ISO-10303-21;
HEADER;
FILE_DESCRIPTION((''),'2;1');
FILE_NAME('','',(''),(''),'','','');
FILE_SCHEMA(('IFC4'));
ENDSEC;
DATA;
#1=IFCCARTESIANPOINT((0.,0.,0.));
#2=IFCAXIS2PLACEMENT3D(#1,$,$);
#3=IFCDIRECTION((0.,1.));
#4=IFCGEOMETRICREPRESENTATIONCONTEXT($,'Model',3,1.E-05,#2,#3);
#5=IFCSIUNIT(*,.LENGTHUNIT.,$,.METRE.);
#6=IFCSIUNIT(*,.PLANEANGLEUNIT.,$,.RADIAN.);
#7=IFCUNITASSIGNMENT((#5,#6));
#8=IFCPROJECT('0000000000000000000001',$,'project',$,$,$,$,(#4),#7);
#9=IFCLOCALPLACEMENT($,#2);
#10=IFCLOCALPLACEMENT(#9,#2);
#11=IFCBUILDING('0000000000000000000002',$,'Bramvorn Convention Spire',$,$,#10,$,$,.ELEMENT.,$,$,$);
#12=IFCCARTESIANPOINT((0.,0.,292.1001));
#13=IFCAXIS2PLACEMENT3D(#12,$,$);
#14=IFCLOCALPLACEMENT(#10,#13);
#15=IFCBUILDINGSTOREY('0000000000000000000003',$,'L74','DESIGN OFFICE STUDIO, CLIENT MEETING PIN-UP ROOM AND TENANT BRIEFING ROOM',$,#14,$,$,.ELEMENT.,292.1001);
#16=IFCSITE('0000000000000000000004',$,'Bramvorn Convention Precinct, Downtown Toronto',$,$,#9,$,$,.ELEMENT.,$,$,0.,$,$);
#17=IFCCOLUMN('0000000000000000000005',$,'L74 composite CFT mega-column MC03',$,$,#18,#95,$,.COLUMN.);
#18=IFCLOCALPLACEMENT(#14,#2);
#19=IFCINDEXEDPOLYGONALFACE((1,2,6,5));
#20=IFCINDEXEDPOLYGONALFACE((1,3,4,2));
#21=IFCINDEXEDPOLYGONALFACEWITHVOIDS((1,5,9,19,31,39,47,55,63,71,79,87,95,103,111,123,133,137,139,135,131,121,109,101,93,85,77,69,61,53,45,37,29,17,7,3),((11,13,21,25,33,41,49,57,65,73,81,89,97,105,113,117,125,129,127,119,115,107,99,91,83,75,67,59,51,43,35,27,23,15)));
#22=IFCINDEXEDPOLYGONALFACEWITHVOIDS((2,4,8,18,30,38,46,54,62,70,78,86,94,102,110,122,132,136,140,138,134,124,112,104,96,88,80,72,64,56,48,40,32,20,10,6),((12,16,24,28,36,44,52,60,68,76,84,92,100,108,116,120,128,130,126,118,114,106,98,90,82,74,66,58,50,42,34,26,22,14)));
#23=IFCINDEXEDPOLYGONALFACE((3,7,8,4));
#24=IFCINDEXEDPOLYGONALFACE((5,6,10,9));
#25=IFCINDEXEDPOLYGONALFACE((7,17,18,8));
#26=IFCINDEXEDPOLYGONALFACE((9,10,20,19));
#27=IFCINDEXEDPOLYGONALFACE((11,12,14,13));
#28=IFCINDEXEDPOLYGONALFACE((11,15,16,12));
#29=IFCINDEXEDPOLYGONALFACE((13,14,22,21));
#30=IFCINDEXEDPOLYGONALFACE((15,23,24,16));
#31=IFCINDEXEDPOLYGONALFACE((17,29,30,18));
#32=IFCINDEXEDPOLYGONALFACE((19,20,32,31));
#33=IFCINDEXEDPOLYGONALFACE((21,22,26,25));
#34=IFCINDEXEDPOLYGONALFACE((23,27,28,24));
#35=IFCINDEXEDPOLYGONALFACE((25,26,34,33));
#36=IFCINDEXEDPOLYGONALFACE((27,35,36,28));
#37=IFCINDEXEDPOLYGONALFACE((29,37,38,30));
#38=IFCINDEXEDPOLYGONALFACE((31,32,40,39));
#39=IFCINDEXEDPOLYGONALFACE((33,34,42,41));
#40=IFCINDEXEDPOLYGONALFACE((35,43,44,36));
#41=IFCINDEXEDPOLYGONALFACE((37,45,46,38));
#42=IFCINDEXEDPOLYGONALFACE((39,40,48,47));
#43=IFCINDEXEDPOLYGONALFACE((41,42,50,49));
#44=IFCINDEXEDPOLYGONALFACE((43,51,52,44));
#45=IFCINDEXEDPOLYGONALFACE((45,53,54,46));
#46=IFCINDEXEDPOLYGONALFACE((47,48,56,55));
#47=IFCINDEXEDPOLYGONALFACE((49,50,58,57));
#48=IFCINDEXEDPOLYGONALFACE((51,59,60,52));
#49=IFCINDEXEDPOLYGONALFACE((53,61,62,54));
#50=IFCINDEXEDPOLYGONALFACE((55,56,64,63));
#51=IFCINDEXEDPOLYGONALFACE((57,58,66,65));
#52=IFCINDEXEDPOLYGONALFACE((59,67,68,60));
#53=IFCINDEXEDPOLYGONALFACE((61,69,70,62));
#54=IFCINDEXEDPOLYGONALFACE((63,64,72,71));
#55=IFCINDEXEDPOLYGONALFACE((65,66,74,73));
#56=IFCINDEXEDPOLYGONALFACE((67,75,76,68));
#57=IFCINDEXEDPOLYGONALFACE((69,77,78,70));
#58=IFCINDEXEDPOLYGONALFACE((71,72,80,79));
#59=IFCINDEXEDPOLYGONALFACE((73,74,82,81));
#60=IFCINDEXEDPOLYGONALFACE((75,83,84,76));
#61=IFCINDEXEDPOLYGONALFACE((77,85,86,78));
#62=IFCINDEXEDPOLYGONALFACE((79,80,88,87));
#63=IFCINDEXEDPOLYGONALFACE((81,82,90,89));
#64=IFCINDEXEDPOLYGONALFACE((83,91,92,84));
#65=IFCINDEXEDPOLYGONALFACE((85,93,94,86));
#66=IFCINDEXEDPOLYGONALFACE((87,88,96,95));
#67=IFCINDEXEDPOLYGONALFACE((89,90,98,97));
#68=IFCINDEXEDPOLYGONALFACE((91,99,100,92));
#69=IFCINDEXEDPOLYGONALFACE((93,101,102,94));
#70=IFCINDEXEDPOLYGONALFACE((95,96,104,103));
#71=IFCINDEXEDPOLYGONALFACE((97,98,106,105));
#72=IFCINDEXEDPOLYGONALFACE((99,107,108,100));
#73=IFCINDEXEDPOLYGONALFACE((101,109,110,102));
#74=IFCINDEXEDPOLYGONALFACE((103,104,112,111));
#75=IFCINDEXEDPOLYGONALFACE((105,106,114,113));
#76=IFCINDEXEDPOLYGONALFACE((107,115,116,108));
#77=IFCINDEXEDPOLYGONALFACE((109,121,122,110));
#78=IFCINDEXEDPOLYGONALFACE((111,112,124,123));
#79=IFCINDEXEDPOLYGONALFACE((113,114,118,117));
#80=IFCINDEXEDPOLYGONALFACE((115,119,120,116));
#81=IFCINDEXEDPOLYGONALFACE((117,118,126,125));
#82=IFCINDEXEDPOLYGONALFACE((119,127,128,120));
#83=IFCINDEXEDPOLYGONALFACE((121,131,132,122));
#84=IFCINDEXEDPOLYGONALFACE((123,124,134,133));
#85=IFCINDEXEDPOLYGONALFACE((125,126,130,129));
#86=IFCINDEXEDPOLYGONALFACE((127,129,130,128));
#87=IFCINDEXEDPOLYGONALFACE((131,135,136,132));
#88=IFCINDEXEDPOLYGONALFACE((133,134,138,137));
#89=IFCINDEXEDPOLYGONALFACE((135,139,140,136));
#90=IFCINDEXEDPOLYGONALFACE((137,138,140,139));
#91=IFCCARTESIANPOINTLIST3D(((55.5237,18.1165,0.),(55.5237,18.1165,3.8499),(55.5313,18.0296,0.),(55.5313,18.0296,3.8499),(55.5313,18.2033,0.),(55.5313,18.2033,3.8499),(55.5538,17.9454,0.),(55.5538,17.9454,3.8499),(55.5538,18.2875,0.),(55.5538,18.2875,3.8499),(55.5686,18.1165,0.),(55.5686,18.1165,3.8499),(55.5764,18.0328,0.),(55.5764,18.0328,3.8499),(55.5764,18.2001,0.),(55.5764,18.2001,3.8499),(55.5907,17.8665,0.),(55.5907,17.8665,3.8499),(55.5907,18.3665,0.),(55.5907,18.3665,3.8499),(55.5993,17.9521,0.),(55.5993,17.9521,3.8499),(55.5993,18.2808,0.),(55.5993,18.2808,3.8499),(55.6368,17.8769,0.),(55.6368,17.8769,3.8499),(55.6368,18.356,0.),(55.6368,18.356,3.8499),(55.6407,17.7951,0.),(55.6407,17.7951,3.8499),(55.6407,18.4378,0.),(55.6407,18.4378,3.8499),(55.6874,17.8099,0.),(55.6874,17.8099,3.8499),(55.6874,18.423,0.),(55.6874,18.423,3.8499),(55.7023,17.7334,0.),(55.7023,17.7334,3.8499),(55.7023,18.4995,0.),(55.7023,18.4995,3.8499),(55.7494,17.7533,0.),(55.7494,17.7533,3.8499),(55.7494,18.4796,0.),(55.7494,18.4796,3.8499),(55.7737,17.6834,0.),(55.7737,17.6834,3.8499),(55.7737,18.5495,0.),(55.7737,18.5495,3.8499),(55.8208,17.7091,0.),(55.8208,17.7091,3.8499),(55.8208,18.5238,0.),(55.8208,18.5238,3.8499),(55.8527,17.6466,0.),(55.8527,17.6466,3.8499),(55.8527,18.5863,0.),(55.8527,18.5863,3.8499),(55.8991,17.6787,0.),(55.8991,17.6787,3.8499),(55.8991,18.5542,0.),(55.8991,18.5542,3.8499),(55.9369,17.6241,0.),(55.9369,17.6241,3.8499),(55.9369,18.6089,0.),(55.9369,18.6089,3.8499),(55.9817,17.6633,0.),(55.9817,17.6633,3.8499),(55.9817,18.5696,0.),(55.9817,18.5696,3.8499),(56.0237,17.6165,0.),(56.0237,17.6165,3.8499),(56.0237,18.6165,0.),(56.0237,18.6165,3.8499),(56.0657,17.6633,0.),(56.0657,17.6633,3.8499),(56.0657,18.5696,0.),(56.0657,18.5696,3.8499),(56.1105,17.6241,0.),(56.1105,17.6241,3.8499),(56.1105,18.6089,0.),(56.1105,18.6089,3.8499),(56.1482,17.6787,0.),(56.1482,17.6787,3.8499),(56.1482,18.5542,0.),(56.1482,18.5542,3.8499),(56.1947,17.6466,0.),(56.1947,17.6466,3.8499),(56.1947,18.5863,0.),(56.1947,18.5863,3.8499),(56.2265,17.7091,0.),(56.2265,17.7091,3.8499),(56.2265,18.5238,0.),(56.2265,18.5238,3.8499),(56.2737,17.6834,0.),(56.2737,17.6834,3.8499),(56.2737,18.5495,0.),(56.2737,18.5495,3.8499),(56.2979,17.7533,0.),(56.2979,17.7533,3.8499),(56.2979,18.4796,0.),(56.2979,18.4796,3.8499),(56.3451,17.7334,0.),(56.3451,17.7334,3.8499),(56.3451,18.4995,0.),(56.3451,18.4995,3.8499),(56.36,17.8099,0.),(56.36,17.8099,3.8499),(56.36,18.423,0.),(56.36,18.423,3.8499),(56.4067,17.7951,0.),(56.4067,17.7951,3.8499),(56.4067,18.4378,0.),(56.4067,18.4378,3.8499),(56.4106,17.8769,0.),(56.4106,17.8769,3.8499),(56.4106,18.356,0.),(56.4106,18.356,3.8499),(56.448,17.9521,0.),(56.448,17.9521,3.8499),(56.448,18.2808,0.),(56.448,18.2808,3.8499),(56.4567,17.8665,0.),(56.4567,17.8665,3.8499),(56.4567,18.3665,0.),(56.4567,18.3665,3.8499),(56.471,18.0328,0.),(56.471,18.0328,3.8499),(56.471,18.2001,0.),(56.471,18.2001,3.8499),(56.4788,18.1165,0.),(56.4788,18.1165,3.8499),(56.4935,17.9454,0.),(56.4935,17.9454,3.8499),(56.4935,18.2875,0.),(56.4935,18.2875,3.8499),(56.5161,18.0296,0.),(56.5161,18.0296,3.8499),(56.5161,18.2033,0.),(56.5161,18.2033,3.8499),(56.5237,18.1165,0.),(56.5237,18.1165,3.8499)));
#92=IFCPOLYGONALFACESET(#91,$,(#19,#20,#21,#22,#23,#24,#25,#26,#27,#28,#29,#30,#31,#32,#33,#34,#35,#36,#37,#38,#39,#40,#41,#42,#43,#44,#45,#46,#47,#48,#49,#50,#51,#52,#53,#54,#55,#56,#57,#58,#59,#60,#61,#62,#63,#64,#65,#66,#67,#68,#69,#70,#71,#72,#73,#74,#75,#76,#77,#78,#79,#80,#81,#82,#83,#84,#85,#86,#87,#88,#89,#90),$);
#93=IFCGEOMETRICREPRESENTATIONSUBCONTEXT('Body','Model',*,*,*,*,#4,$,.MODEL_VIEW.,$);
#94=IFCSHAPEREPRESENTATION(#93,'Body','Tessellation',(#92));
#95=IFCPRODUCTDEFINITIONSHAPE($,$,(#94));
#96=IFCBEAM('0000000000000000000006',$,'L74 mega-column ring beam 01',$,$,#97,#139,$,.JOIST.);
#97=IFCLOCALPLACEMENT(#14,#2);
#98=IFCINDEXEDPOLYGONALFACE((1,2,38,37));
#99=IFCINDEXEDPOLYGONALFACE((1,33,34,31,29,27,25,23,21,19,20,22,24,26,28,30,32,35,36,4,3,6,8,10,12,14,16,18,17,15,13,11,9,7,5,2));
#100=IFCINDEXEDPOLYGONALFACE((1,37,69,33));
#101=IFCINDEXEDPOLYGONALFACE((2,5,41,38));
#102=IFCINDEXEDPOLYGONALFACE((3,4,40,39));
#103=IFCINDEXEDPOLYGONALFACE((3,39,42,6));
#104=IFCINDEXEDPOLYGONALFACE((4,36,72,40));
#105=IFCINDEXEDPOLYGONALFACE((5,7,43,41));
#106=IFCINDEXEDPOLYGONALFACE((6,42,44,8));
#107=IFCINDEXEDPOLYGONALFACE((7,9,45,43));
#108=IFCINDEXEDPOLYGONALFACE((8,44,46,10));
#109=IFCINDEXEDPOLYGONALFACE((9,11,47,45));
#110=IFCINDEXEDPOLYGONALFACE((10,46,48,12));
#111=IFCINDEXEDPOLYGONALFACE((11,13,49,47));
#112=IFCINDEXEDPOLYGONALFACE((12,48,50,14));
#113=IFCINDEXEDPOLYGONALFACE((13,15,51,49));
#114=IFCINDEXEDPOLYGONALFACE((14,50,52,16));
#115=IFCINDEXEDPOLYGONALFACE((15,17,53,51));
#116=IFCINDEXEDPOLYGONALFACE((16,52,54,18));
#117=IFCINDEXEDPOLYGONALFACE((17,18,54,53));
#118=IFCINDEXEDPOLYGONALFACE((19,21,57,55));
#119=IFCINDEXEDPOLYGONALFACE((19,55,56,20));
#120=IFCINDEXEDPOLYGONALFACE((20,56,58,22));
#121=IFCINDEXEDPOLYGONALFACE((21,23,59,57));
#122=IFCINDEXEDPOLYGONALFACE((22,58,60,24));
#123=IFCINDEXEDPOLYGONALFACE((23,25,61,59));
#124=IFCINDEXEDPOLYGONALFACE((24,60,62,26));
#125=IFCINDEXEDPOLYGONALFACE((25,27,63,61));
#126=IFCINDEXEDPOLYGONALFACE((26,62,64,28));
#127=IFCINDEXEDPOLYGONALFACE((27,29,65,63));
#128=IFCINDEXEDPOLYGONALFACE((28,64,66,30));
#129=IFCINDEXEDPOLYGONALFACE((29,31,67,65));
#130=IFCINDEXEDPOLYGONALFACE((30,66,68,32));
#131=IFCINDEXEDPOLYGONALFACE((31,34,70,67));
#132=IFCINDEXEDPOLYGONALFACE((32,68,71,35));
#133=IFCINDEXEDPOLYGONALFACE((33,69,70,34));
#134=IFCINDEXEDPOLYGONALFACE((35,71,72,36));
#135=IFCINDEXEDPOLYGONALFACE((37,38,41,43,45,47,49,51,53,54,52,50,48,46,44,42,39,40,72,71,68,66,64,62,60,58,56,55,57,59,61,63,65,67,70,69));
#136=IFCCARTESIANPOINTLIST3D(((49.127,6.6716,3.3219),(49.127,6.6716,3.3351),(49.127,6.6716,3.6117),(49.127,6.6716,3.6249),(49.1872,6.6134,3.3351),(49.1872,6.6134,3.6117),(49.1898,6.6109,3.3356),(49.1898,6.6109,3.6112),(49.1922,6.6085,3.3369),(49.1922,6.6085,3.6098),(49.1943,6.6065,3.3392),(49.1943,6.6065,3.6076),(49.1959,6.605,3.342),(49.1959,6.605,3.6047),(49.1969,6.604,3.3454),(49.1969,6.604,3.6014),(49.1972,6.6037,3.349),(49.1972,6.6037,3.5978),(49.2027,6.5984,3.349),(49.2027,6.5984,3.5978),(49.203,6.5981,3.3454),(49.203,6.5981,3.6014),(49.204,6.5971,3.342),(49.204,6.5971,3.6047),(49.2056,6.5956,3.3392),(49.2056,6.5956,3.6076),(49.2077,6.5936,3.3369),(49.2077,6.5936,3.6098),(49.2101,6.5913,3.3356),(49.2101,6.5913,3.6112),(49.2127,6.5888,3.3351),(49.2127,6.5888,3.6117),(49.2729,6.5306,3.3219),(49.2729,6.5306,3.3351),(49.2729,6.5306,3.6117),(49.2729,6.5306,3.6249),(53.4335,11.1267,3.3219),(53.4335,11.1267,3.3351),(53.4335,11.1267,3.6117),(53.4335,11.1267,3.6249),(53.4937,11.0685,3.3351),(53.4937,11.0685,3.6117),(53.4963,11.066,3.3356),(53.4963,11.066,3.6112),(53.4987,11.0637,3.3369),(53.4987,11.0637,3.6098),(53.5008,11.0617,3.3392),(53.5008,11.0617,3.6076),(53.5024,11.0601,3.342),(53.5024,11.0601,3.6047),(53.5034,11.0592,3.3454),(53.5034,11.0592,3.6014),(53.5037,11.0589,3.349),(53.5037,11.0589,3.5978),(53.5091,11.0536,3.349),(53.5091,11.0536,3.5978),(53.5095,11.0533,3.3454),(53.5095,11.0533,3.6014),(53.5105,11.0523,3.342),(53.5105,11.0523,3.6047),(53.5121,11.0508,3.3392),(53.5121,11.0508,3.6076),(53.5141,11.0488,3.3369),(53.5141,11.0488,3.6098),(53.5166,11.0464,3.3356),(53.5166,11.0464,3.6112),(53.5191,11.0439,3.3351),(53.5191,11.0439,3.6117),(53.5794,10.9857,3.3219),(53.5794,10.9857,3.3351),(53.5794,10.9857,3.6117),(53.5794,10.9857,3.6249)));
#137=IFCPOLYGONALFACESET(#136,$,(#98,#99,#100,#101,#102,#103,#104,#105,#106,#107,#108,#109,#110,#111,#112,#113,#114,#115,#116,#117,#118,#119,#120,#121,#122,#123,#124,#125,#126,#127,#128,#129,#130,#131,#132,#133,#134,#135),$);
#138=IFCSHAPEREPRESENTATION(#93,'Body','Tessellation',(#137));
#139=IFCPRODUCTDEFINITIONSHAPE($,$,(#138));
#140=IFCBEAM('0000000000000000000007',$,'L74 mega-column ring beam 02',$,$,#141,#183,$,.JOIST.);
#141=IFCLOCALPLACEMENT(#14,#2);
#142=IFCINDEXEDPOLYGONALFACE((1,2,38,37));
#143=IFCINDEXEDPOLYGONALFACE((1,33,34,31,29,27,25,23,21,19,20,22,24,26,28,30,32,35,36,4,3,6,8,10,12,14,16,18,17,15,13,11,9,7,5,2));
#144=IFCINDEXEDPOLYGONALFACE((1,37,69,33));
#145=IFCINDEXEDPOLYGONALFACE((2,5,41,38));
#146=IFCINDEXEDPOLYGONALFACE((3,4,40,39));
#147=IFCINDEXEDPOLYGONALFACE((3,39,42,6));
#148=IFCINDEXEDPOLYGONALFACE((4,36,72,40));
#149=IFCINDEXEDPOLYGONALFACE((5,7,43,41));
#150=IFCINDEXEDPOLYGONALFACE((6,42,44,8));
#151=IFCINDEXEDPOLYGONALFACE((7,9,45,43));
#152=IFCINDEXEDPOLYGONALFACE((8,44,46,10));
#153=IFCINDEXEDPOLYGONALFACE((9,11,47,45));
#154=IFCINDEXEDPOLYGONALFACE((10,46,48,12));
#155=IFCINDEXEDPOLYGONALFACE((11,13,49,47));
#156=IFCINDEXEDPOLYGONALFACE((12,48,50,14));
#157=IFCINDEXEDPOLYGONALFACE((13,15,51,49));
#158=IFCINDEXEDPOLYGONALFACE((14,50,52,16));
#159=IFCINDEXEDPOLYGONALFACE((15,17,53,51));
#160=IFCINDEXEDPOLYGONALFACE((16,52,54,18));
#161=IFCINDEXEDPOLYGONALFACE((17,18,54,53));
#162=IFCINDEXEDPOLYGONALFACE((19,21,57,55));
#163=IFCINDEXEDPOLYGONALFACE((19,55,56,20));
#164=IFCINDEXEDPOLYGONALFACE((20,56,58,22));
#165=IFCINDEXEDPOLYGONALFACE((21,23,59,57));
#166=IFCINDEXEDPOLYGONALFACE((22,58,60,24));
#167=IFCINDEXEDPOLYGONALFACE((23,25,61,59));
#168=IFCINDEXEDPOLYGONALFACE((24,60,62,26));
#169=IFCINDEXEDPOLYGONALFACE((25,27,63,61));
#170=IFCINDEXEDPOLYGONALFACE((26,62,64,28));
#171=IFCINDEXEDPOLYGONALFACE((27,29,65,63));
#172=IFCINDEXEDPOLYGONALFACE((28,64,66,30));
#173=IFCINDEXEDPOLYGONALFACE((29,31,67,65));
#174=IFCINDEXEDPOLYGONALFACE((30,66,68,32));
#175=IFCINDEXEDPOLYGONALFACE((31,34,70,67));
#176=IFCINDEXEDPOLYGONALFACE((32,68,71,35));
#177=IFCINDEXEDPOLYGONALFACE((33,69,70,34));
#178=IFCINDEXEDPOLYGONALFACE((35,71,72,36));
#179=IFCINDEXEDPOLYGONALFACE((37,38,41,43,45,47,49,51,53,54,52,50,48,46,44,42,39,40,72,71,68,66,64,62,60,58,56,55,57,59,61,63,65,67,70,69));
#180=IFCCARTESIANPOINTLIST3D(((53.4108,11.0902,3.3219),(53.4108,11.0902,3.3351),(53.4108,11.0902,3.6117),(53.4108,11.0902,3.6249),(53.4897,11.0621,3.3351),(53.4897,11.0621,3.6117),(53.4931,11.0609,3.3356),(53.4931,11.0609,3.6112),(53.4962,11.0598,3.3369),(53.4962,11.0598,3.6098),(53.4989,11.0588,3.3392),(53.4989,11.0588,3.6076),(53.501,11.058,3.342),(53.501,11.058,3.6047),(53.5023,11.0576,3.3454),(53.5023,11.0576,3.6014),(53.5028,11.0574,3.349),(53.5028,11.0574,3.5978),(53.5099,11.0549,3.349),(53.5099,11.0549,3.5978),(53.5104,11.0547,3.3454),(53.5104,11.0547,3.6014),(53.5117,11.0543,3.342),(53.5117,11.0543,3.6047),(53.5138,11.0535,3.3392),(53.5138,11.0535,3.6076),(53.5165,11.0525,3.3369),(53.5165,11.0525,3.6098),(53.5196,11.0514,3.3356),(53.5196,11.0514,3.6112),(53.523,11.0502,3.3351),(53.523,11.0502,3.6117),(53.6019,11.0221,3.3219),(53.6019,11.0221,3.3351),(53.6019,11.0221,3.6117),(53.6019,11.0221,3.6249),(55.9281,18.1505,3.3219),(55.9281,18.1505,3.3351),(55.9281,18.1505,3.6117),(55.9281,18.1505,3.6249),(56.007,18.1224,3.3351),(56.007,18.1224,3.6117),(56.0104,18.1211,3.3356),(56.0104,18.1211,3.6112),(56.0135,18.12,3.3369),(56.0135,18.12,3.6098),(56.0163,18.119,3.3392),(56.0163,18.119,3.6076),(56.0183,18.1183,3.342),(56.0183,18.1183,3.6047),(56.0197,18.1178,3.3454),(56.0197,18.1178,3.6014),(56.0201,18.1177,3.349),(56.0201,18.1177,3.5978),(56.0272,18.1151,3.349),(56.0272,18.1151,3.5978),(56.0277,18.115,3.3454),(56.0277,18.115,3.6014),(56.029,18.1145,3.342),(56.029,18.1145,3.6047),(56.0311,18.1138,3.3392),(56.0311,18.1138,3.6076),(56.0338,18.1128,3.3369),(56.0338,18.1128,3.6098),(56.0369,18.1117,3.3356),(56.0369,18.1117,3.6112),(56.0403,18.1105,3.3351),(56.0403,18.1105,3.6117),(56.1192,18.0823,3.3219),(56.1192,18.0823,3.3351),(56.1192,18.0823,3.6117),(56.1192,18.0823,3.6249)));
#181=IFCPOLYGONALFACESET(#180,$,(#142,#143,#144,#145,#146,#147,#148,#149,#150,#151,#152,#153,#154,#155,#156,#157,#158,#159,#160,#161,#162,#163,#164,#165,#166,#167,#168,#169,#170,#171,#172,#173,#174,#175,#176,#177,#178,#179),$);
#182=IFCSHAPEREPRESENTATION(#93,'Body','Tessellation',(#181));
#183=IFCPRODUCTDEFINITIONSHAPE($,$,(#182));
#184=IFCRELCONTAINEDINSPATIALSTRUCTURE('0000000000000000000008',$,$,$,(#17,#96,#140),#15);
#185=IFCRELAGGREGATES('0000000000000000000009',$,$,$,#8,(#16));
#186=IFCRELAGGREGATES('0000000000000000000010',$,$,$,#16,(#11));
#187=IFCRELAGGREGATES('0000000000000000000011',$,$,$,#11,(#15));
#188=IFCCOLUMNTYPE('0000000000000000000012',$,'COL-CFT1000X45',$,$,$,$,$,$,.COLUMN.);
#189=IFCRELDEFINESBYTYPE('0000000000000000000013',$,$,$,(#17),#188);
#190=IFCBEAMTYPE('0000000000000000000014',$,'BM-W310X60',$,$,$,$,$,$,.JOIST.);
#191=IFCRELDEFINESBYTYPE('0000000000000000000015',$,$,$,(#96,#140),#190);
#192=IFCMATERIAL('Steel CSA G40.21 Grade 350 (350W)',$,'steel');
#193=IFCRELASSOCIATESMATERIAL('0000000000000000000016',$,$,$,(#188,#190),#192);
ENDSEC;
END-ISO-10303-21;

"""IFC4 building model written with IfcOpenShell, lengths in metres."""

from ifc_helpers import new_model, si_unit, direction, frame, origin, origin_2d, place, context, subcontext, project, spatial, hollow_circle, i_section, extrude, material, material_profile, profile_set, type_object, element, save


model = new_model("IFC4")

# Units and contexts
model_context = context("Model", 3, precision=1e-05, world=origin(), true_north=direction((0.0, 1.0)))
body_context = subcontext(model_context, "Body", "Model", "MODEL_VIEW")
ifc_project = project(units=[si_unit("LENGTHUNIT", "METRE"), si_unit("PLANEANGLEUNIT", "RADIAN")], contexts=[model_context])

# Site, building, storey
site_placement = place(None, origin())
site = spatial("IfcSite", under=ifc_project, at=site_placement, Name="Bramvorn Convention Precinct, Downtown Toronto", CompositionType="ELEMENT", RefElevation=0.0)
building_placement = place(site_placement, origin())
building = spatial("IfcBuilding", under=site, at=building_placement, Name="Bramvorn Convention Spire", CompositionType="ELEMENT")
storey_placement = place(building_placement, frame((0.0, 0.0, 292.1001)))
storey = spatial("IfcBuildingStorey", under=building, at=storey_placement, Name="L74", Description="DESIGN OFFICE STUDIO, CLIENT MEETING PIN-UP ROOM AND TENANT BRIEFING ROOM", CompositionType="ELEMENT", Elevation=292.1001)

# Column
ifc_material_1 = material(Name="Steel CSA G40.21 Grade 350 (350W)", Category="steel")
ifc_material_profile_1 = material_profile(ifc_material_1, hollow_circle(Radius=0.5, WallThickness=0.0449, at=origin_2d()))
ifc_profile_set_1 = profile_set([ifc_material_profile_1], Name="Steel CSA G40.21 Grade 350 (350W) - CFT1000X45")
column_type = type_object("IfcColumnType", Name="COL-CFT1000X45", PredefinedType="COLUMN", material=ifc_profile_set_1)
for number, where, z_axis, x_axis, name in (
    (1, (56.0237, 18.1165, 0.0), (0.0, 0.0, 1.0), (1.0, 0.0, 0.0), "L74 composite CFT mega-column MC03"),
):
    element("IfcColumn", number, at=place(storey_placement, frame(where, z_axis=z_axis, x_axis=x_axis)), inside=storey, type_object=column_type, Name=name, PredefinedType="COLUMN", context=body_context, shape_type="SweptSolid", body=[
        extrude(hollow_circle(Radius=0.5, WallThickness=0.0449, at=origin_2d()), origin(), (0.0, 0.0, 1.0), 3.8499),
    ])

# Beams
ifc_material_profile_2 = material_profile(ifc_material_1, i_section(OverallWidth=0.2029, OverallDepth=0.303, WebThickness=0.0076, FlangeThickness=0.0132, FilletRadius=0.0139, at=origin_2d()))
ifc_profile_set_2 = profile_set([ifc_material_profile_2], Name="Steel CSA G40.21 Grade 350 (350W) - W310X60")
beam_type_1 = type_object("IfcBeamType", Name="BM-W310X60", PredefinedType="JOIST", material=ifc_profile_set_2)
beam_1_placement = place(storey_placement, frame((49.2, 6.6011, 3.4734), z_axis=(0.695007, 0.719003, 0.0), x_axis=(-0.719003, 0.695007, 0.0)))
element("IfcBeam", 2, at=beam_1_placement, inside=storey, type_object=beam_type_1, Name="L74 mega-column ring beam 01", PredefinedType="JOIST", context=body_context, shape_type="SweptSolid", body=[
    extrude(i_section(OverallWidth=0.2029, OverallDepth=0.303, WebThickness=0.0076, FlangeThickness=0.0132, FilletRadius=0.0139, at=origin_2d()), origin(), (0.0, 0.0, 1.0), 6.1963),
])
beam_2_placement = place(storey_placement, frame((53.5063, 11.0562, 3.4734), z_axis=(0.335839, 0.941919, 0.0), x_axis=(-0.941919, 0.335839, 0.0)))
element("IfcBeam", 3, at=beam_2_placement, inside=storey, type_object=beam_type_1, Name="L74 mega-column ring beam 02", PredefinedType="JOIST", context=body_context, shape_type="SweptSolid", body=[
    extrude(i_section(OverallWidth=0.2029, OverallDepth=0.303, WebThickness=0.0076, FlangeThickness=0.0132, FilletRadius=0.0139, at=origin_2d()), origin(), (0.0, 0.0, 1.0), 7.4956),
])

save(model, "model.ifc")
